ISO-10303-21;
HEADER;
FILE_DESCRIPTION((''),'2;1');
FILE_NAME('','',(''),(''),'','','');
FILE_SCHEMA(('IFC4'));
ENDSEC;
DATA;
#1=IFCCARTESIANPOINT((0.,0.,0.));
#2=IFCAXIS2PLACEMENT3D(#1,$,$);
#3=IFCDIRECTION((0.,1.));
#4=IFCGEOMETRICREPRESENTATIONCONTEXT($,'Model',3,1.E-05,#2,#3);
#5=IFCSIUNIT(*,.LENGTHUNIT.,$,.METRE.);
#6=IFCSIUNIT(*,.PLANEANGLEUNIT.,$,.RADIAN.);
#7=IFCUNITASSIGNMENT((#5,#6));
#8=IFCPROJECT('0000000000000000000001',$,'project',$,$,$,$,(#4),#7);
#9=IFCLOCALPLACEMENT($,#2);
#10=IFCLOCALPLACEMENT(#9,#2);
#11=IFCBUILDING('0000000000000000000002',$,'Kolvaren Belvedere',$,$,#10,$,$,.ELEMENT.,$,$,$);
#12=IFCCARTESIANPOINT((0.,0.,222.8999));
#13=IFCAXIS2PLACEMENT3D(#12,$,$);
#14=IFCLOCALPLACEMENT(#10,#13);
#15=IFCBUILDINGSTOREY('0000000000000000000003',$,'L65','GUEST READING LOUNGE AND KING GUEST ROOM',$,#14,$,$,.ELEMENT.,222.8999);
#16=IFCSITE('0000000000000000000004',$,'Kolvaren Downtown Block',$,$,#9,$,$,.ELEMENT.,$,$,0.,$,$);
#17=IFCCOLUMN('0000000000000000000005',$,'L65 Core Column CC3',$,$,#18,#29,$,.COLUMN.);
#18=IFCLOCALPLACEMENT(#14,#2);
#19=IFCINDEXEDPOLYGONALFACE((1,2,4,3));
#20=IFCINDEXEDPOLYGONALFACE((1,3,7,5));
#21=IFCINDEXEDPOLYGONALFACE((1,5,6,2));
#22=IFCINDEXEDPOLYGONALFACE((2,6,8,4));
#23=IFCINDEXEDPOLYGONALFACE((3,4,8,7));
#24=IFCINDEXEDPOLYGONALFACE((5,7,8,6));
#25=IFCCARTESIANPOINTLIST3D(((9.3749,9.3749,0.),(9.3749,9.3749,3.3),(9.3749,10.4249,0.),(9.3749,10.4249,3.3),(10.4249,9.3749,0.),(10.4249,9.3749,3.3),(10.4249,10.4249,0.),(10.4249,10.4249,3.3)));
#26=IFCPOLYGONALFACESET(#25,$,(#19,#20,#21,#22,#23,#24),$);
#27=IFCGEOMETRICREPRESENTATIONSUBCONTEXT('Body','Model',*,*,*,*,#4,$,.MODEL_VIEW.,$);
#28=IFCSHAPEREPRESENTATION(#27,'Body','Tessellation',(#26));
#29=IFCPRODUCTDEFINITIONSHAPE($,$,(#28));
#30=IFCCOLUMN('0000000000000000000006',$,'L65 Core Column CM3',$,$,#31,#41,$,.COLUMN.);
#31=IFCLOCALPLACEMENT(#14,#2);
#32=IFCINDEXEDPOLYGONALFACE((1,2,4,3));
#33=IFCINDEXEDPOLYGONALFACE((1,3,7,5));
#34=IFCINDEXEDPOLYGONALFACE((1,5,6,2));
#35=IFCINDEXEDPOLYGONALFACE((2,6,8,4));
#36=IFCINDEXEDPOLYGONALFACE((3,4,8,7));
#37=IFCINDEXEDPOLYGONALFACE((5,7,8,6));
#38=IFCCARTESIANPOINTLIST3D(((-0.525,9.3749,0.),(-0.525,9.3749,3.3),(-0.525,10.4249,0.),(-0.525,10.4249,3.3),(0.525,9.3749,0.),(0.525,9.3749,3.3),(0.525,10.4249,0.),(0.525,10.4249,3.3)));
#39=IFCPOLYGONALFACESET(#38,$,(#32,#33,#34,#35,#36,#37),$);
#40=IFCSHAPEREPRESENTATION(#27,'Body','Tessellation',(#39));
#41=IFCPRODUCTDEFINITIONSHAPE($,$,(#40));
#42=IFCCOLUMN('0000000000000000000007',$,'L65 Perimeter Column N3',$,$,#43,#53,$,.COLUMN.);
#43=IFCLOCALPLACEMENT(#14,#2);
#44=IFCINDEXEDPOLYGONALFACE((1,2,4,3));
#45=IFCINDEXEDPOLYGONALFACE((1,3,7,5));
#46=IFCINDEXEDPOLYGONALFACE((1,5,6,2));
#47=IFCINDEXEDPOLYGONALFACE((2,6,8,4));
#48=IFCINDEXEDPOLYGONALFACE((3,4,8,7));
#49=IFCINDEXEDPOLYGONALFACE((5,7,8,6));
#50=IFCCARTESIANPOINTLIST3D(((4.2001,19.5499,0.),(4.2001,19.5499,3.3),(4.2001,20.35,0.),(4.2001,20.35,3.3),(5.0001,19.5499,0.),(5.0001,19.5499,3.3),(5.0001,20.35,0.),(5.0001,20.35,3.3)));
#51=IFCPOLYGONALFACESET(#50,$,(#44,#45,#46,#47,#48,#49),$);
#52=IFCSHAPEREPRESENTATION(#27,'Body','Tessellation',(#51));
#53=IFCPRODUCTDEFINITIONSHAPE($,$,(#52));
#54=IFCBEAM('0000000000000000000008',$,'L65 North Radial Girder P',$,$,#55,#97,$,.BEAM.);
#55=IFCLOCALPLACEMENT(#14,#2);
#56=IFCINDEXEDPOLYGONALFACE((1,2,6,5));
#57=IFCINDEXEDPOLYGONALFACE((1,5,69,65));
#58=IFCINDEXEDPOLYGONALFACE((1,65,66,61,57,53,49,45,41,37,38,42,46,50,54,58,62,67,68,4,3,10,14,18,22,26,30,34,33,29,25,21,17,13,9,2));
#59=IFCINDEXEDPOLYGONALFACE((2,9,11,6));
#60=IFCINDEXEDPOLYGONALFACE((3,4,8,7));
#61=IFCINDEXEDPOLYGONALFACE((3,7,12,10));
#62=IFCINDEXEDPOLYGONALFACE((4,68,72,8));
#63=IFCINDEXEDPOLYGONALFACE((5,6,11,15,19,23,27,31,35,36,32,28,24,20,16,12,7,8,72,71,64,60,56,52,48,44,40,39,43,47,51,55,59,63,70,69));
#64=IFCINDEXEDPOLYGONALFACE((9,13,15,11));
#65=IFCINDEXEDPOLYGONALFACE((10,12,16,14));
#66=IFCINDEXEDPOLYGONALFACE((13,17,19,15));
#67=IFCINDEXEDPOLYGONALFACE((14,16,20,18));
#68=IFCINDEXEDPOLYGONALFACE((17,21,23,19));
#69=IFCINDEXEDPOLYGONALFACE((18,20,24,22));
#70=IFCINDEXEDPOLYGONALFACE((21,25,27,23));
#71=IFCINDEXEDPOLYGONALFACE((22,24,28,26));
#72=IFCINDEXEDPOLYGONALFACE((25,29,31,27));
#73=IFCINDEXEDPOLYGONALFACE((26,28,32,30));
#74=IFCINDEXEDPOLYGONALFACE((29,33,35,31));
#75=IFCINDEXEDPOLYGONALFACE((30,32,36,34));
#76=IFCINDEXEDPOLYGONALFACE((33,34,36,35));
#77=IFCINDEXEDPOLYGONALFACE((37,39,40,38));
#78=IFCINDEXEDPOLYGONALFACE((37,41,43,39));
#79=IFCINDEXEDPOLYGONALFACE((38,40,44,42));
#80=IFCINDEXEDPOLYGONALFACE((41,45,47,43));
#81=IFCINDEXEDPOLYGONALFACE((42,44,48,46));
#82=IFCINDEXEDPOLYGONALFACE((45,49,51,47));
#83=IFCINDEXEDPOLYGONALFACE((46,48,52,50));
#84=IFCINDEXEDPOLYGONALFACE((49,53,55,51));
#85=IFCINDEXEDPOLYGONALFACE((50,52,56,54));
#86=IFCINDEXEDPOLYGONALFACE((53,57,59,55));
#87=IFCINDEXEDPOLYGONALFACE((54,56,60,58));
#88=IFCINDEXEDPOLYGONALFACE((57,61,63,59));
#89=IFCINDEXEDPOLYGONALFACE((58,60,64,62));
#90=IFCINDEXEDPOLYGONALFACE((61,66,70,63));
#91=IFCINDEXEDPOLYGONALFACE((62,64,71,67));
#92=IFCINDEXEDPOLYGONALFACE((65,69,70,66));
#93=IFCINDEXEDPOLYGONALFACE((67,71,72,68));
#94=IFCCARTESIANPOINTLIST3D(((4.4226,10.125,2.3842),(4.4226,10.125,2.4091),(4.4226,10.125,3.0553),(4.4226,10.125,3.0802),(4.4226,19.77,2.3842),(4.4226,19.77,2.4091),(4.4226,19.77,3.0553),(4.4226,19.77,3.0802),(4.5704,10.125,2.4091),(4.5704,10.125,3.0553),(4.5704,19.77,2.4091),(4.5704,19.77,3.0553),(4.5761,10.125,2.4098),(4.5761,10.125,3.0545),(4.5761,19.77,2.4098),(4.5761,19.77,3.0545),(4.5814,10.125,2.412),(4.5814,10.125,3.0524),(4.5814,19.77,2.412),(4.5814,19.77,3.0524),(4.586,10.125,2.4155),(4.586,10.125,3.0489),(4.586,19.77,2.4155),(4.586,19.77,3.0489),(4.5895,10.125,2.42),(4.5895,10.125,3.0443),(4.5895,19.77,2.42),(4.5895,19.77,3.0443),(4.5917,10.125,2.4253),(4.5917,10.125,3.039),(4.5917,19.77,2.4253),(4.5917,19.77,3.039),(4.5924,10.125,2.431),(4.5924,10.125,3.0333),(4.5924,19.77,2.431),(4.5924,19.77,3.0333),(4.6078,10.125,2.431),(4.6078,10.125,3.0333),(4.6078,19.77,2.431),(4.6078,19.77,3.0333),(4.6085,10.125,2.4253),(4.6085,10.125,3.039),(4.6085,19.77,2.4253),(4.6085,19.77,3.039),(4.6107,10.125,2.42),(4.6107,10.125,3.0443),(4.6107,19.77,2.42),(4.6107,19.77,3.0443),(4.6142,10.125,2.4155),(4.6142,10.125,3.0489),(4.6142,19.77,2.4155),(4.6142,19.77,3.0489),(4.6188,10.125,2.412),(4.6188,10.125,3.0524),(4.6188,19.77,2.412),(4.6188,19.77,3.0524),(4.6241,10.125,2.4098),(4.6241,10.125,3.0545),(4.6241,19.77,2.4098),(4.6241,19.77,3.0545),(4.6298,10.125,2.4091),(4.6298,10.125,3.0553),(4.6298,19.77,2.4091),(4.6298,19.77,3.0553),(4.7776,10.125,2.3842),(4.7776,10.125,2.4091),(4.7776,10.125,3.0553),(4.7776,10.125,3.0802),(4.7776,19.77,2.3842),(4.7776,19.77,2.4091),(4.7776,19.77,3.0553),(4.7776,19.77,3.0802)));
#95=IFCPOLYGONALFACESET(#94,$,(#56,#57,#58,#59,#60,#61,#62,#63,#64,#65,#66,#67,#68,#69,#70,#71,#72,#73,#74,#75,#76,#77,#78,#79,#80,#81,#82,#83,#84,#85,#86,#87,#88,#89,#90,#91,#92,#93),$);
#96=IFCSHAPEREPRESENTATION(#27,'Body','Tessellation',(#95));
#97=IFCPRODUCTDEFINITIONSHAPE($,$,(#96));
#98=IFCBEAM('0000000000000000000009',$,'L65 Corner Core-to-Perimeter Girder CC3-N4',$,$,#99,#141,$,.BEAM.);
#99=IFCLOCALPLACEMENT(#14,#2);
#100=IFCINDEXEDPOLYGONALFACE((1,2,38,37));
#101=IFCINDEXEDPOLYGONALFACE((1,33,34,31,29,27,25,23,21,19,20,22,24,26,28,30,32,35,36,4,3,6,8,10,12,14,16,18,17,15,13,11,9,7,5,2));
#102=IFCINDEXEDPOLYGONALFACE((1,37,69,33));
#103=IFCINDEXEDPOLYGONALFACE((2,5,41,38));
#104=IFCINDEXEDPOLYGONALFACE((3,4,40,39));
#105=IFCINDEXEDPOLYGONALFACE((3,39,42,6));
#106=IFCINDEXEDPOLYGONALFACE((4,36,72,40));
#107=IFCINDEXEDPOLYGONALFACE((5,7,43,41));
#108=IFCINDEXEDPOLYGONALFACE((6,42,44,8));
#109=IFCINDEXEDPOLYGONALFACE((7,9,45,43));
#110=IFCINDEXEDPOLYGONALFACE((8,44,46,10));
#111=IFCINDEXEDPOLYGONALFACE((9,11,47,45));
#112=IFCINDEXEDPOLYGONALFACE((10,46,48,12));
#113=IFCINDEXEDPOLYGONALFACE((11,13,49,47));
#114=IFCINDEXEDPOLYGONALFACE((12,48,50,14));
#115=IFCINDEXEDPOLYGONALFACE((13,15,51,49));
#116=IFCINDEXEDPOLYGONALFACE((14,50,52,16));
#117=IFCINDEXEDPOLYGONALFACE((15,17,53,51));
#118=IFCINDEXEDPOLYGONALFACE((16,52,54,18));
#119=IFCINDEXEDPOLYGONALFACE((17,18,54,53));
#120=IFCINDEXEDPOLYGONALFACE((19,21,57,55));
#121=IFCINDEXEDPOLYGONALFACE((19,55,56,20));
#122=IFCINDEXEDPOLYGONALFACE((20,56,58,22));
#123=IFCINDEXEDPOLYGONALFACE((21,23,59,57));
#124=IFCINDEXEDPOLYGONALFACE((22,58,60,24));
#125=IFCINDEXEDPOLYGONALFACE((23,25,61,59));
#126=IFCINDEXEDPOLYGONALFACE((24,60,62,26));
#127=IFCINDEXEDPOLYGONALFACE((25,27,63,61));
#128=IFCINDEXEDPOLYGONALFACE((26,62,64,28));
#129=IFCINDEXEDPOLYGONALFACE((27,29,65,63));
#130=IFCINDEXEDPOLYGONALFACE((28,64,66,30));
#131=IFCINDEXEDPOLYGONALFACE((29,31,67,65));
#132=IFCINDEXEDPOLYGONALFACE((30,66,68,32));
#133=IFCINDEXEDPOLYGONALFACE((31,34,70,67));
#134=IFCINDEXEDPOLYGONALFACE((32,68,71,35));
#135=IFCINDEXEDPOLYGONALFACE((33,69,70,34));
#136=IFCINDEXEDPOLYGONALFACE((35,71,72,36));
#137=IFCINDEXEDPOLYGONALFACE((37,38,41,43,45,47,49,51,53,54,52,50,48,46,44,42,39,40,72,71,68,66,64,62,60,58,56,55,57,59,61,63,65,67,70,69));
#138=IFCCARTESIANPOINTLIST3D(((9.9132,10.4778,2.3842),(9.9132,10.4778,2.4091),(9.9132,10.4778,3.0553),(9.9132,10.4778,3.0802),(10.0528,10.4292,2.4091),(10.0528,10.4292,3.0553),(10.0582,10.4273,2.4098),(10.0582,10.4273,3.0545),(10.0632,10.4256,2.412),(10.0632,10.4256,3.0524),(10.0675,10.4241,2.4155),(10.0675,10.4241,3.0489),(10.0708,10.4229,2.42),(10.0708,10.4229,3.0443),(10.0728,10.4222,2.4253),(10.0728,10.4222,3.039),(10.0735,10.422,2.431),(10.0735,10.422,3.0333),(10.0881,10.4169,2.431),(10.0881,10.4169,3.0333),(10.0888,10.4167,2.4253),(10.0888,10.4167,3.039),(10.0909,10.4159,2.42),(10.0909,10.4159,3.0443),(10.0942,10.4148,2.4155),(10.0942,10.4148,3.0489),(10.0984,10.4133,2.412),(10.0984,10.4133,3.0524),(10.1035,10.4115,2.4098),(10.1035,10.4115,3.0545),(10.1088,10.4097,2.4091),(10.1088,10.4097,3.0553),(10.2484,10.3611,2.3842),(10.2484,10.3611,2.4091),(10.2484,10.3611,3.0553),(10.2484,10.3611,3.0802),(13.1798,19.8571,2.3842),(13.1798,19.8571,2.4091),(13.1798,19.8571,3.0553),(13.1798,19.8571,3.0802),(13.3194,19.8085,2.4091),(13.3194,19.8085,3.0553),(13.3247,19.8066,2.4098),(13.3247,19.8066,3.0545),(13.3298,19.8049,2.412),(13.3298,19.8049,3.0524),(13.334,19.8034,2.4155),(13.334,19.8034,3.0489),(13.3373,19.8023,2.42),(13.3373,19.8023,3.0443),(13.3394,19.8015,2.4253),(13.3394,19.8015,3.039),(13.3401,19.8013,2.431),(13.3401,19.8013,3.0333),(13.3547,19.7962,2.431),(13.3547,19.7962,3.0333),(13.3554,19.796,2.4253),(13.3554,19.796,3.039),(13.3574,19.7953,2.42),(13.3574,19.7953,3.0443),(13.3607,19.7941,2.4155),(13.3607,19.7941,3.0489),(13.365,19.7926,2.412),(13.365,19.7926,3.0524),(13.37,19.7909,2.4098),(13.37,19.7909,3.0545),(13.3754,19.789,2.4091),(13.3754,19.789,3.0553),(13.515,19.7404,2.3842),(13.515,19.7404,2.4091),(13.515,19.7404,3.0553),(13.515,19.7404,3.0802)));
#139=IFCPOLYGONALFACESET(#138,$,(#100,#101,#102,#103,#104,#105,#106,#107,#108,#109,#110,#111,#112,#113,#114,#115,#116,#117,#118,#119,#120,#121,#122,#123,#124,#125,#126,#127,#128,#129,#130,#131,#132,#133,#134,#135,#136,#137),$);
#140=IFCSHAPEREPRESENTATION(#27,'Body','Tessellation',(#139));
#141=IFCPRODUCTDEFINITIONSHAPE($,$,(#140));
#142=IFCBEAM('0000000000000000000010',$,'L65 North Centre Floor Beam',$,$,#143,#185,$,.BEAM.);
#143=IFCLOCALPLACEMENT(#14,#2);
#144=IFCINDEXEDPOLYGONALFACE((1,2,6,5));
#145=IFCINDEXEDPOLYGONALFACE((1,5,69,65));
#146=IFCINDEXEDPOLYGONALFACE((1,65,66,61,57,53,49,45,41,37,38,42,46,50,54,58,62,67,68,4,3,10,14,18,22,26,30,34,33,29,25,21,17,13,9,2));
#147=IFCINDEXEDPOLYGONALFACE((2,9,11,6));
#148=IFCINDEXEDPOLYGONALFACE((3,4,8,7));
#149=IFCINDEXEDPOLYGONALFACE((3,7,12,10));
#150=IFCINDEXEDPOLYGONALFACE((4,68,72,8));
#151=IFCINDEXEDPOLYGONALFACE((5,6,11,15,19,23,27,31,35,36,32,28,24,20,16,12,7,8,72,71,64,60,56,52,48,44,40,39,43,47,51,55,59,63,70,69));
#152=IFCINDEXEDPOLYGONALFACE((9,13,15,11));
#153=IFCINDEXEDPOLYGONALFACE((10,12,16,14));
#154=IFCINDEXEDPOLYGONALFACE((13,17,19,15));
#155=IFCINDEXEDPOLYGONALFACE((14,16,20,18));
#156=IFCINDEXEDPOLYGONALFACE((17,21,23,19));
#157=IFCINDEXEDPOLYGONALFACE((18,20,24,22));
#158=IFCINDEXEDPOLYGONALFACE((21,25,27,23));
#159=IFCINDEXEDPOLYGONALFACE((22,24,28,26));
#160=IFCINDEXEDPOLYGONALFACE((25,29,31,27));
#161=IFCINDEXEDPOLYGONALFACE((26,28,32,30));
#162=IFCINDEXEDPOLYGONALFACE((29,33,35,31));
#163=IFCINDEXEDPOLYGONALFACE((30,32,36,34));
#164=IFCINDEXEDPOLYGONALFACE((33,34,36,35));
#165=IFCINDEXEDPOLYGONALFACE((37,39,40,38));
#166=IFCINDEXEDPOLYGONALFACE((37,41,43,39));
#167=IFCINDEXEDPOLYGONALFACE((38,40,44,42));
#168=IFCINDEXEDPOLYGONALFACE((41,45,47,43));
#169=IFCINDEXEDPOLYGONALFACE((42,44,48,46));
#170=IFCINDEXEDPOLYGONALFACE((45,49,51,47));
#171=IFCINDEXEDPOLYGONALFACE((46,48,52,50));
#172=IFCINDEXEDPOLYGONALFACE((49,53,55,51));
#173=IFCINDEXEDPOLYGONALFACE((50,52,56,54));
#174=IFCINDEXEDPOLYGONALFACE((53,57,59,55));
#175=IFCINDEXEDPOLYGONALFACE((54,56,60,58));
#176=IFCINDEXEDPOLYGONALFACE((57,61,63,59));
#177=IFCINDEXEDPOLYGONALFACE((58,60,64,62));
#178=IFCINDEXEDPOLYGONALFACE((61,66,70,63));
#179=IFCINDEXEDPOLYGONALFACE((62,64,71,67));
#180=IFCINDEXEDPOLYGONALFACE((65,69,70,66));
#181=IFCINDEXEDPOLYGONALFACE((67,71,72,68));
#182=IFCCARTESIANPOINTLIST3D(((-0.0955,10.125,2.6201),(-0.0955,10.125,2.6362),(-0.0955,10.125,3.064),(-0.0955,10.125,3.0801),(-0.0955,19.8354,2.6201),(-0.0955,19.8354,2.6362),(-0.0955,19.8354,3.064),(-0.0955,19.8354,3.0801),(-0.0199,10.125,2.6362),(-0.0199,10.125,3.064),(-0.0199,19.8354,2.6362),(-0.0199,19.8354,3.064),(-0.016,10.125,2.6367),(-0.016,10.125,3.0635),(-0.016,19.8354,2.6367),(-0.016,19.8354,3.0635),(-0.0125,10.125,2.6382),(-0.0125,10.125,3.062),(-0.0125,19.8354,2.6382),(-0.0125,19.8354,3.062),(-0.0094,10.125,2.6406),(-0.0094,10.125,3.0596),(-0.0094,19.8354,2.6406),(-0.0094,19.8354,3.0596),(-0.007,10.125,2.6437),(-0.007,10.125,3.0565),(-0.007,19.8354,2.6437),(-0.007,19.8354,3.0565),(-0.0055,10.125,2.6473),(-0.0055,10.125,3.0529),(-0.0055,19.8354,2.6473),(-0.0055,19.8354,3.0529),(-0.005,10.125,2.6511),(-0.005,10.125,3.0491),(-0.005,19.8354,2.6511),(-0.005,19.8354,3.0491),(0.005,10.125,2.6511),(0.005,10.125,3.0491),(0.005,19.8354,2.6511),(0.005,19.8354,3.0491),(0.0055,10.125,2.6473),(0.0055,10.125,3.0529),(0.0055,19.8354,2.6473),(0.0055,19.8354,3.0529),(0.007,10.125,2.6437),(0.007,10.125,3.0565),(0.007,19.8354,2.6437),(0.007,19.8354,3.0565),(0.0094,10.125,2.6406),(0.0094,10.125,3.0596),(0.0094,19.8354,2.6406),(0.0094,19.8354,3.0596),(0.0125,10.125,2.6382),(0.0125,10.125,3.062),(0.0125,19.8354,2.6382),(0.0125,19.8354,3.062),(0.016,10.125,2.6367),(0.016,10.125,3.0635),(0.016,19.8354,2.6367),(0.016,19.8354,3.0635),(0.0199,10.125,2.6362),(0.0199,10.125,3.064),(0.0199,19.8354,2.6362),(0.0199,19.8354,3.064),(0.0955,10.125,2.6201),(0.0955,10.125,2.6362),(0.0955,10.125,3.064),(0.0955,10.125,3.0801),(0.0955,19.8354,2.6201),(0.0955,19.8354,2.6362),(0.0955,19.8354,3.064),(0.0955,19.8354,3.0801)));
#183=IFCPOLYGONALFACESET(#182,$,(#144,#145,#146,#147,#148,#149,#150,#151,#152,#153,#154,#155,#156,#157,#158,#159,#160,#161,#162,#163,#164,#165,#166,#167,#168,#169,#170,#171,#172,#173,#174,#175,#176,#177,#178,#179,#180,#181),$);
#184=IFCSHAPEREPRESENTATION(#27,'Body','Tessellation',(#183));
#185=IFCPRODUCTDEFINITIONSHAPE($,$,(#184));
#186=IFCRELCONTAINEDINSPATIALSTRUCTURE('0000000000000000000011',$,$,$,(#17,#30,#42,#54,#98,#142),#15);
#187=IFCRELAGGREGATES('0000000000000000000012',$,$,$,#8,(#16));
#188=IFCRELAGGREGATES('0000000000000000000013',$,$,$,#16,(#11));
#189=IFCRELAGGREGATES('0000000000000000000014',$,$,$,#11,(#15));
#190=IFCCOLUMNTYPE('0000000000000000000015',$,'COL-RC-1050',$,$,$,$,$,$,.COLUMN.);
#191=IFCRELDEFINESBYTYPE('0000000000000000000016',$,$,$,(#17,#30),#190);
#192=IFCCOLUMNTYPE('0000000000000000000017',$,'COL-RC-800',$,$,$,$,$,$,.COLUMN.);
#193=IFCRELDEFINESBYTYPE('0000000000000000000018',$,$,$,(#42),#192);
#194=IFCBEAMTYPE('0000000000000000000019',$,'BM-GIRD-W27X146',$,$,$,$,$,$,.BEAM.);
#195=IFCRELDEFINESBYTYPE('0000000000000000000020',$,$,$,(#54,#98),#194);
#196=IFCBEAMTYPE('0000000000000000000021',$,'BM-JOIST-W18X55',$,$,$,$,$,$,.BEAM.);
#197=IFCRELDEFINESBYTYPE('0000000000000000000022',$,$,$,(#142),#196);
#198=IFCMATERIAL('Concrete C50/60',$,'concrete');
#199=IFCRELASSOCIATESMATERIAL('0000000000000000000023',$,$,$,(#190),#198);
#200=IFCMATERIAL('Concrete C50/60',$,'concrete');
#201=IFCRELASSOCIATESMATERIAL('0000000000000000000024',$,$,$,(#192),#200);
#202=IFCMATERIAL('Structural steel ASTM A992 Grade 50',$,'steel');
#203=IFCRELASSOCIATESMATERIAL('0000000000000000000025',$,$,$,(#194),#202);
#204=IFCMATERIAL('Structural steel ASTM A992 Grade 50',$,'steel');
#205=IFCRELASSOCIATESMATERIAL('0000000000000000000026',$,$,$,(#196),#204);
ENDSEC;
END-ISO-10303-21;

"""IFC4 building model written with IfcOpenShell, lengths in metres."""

from ifc_helpers import new_model, si_unit, direction, frame, origin, origin_2d, place, context, subcontext, project, spatial, rectangle, i_section, extrude, material, material_profile, profile_set, type_object, element, save


model = new_model("IFC4")

# Units and contexts
model_context = context("Model", 3, precision=1e-05, world=origin(), true_north=direction((0.0, 1.0)))
body_context = subcontext(model_context, "Body", "Model", "MODEL_VIEW")
ifc_project = project(units=[si_unit("LENGTHUNIT", "METRE"), si_unit("PLANEANGLEUNIT", "RADIAN")], contexts=[model_context])

# Site, building, storey
site_placement = place(None, origin())
site = spatial("IfcSite", under=ifc_project, at=site_placement, Name="Kolvaren Downtown Block", CompositionType="ELEMENT", RefElevation=0.0)
building_placement = place(site_placement, origin())
building = spatial("IfcBuilding", under=site, at=building_placement, Name="Kolvaren Belvedere", CompositionType="ELEMENT")
storey_placement = place(building_placement, frame((0.0, 0.0, 222.8999)))
storey = spatial("IfcBuildingStorey", under=building, at=storey_placement, Name="L65", Description="GUEST READING LOUNGE AND KING GUEST ROOM", CompositionType="ELEMENT", Elevation=222.8999)

# Columns
ifc_material_1 = material(Name="Concrete C50/60", Category="concrete")
ifc_material_profile_1 = material_profile(ifc_material_1, rectangle(XDim=1.05, YDim=1.05, at=origin_2d()), Name="RC 1050X1050")
ifc_profile_set_1 = profile_set([ifc_material_profile_1], Name="Concrete C50/60")
column_type_1 = type_object("IfcColumnType", Name="COL-RC-1050", PredefinedType="COLUMN", material=ifc_profile_set_1)
for number, where, z_axis, x_axis, name in (
    (1, (9.8999, 9.8999, 0.0), (0.0, 0.0, 1.0), (1.0, 0.0, 0.0), "L65 Core Column CC3"),
    (2, (0.0, 9.8999, 0.0), (0.0, 0.0, 1.0), (1.0, 0.0, 0.0), "L65 Core Column CM3"),
):
    element("IfcColumn", number, at=place(storey_placement, frame(where, z_axis=z_axis, x_axis=x_axis)), inside=storey, type_object=column_type_1, Name=name, PredefinedType="COLUMN", context=body_context, shape_type="SweptSolid", body=[
        extrude(rectangle(XDim=1.05, YDim=1.05, at=origin_2d()), origin(), (0.0, 0.0, 1.0), 3.3),
    ])
ifc_material_2 = material(Name="Concrete C50/60", Category="concrete")
ifc_material_profile_2 = material_profile(ifc_material_2, rectangle(XDim=0.8, YDim=0.8, at=origin_2d()), Name="RC 800X800")
ifc_profile_set_2 = profile_set([ifc_material_profile_2], Name="Concrete C50/60")
column_type_2 = type_object("IfcColumnType", Name="COL-RC-800", PredefinedType="COLUMN", material=ifc_profile_set_2)
column_placement = place(storey_placement, frame((4.6001, 19.95, 0.0), z_axis=(0.0, 0.0, 1.0), x_axis=(1.0, 0.0, 0.0)))
element("IfcColumn", 3, at=column_placement, inside=storey, type_object=column_type_2, Name="L65 Perimeter Column N3", PredefinedType="COLUMN", context=body_context, shape_type="SweptSolid", body=[
    extrude(rectangle(XDim=0.8, YDim=0.8, at=origin_2d()), origin(), (0.0, 0.0, 1.0), 3.3),
])

# Beams
ifc_material_3 = material(Name="Structural steel ASTM A992 Grade 50", Category="steel")
ifc_material_profile_3 = material_profile(ifc_material_3, i_section(OverallWidth=0.355, OverallDepth=0.696, WebThickness=0.0154, FlangeThickness=0.0249, FilletRadius=0.022, at=origin_2d()), Name="W27X146")
ifc_profile_set_3 = profile_set([ifc_material_profile_3], Name="Structural steel ASTM A992 Grade 50")
beam_type_1 = type_object("IfcBeamType", Name="BM-GIRD-W27X146", PredefinedType="BEAM", material=ifc_profile_set_3)
beam_1_placement = place(storey_placement, frame((4.6001, 10.125, 2.7322), z_axis=(0.0, 1.0, 0.0), x_axis=(-1.0, 0.0, 0.0)))
element("IfcBeam", 4, at=beam_1_placement, inside=storey, type_object=beam_type_1, Name="L65 North Radial Girder P", PredefinedType="BEAM", context=body_context, shape_type="SweptSolid", body=[
    extrude(i_section(OverallWidth=0.355, OverallDepth=0.696, WebThickness=0.0154, FlangeThickness=0.0249, FilletRadius=0.022, at=origin_2d()), origin(), (0.0, 0.0, 1.0), 9.645),
])
beam_2_placement = place(storey_placement, frame((10.0808, 10.4194, 2.7322), z_axis=(0.328898, 0.944365, 0.0), x_axis=(-0.944365, 0.328898, 0.0)))
element("IfcBeam", 5, at=beam_2_placement, inside=storey, type_object=beam_type_1, Name="L65 Corner Core-to-Perimeter Girder CC3-N4", PredefinedType="BEAM", context=body_context, shape_type="SweptSolid", body=[
    extrude(i_section(OverallWidth=0.355, OverallDepth=0.696, WebThickness=0.0154, FlangeThickness=0.0249, FilletRadius=0.022, at=origin_2d()), origin(), (0.0, 0.0, 1.0), 9.9319),
])
ifc_material_4 = material(Name="Structural steel ASTM A992 Grade 50", Category="steel")
ifc_material_profile_4 = material_profile(ifc_material_4, i_section(OverallWidth=0.1909, OverallDepth=0.46, WebThickness=0.01, FlangeThickness=0.0161, FilletRadius=0.0149, at=origin_2d()), Name="W18X55")
ifc_profile_set_4 = profile_set([ifc_material_profile_4], Name="Structural steel ASTM A992 Grade 50")
beam_type_2 = type_object("IfcBeamType", Name="BM-JOIST-W18X55", PredefinedType="BEAM", material=ifc_profile_set_4)
beam_3_placement = place(storey_placement, frame((0.0, 10.125, 2.8501), z_axis=(0.0, 1.0, 0.0), x_axis=(-1.0, 0.0, 0.0)))
element("IfcBeam", 6, at=beam_3_placement, inside=storey, type_object=beam_type_2, Name="L65 North Centre Floor Beam", PredefinedType="BEAM", context=body_context, shape_type="SweptSolid", body=[
    extrude(i_section(OverallWidth=0.1909, OverallDepth=0.46, WebThickness=0.01, FlangeThickness=0.0161, FilletRadius=0.0149, at=origin_2d()), origin(), (0.0, 0.0, 1.0), 9.7104),
])

save(model, "model.ifc")
